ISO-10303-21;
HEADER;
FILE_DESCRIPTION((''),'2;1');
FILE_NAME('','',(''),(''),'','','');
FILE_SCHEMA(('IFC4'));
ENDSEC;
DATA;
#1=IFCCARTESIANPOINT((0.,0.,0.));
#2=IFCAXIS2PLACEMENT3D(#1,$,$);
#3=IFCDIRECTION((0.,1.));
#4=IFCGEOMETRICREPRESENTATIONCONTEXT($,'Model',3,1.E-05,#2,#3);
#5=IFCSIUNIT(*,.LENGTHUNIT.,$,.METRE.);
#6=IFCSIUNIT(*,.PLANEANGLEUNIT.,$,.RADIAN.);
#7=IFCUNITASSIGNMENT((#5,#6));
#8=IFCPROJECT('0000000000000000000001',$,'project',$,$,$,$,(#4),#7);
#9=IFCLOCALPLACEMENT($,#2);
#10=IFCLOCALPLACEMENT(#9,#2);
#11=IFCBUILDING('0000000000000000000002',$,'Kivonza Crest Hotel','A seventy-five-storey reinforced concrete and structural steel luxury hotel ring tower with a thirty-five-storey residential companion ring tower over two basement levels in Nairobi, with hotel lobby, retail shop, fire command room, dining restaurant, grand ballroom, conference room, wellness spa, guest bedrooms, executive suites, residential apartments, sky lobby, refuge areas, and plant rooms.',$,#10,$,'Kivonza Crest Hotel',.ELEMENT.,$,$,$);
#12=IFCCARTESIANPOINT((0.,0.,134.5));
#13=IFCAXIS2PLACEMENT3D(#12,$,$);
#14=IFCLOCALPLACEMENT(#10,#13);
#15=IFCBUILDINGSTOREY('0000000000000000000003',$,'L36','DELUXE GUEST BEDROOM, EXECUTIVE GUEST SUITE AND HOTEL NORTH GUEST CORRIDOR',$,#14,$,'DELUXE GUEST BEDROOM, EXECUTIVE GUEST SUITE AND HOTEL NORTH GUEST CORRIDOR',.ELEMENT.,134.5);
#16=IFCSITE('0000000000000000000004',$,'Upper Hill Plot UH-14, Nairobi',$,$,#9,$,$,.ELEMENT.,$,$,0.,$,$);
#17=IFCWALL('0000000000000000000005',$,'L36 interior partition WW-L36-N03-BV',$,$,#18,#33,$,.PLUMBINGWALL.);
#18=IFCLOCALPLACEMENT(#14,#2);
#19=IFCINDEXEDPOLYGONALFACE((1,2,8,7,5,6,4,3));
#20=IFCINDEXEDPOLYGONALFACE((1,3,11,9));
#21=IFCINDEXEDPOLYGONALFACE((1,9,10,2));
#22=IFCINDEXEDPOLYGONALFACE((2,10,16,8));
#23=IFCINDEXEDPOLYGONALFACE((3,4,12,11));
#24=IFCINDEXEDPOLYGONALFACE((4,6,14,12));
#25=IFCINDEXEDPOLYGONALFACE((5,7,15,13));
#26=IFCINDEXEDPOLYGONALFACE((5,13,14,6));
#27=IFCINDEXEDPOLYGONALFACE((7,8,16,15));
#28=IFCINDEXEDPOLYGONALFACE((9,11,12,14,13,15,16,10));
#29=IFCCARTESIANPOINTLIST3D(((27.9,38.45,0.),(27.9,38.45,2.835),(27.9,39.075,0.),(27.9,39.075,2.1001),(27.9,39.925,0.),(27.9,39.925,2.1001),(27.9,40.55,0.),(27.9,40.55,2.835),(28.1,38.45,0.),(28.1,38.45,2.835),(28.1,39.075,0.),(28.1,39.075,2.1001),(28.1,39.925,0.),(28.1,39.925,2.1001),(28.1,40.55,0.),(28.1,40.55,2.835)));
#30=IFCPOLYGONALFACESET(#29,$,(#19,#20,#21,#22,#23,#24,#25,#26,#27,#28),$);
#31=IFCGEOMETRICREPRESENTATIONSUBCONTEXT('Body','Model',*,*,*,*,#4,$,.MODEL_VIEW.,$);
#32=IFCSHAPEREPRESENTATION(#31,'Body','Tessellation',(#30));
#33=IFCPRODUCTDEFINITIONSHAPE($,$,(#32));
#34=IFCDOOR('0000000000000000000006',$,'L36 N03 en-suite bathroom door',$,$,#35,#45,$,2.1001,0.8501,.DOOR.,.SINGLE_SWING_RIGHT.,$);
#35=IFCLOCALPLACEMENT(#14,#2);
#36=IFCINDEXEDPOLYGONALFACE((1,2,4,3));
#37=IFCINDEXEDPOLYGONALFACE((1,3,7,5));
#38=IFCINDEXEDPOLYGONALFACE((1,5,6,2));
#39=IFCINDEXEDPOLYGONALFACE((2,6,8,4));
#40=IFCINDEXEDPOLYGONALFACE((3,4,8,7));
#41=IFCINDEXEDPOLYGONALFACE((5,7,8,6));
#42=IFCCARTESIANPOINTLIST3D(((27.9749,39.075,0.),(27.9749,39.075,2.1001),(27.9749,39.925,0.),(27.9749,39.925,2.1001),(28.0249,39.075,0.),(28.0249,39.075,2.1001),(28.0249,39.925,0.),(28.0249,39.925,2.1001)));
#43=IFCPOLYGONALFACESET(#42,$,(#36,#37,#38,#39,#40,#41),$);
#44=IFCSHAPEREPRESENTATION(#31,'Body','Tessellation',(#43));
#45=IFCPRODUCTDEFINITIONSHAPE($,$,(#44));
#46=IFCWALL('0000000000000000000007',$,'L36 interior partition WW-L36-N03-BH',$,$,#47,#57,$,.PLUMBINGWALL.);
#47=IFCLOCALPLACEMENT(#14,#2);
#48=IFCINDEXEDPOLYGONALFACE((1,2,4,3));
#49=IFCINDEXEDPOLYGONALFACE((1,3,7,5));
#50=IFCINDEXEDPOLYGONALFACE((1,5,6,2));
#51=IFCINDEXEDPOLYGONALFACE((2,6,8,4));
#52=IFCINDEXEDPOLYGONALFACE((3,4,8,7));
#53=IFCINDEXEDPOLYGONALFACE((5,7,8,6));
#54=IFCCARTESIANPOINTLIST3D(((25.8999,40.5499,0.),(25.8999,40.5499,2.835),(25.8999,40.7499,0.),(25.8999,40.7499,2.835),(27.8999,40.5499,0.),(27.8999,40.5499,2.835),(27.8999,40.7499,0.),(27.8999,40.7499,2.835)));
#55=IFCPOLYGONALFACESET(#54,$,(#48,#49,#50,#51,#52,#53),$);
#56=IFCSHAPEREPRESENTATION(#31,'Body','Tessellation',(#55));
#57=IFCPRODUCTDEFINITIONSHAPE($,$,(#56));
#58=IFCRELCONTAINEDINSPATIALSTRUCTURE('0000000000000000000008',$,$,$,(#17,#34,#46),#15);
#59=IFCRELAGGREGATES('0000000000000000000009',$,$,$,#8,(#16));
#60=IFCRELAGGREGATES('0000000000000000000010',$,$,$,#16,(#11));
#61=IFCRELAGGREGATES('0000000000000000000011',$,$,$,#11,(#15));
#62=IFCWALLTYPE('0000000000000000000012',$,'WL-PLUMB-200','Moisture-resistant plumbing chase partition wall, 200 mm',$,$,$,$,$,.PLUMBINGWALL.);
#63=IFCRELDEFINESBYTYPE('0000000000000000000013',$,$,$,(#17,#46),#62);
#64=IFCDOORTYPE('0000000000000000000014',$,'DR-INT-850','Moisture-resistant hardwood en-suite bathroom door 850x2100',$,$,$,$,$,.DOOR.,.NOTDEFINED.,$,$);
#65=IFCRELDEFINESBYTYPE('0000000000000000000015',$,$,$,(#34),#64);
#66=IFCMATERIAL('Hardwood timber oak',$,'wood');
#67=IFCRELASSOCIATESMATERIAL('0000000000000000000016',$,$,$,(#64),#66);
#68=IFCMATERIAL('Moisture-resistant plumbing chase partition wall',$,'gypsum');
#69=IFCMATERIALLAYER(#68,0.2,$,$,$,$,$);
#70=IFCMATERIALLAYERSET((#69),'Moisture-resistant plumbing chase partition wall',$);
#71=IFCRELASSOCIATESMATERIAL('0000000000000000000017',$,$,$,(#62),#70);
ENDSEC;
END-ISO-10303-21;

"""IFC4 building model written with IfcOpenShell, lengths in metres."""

from ifc_helpers import new_model, si_unit, direction, frame, frame_2d, origin, place, context, subcontext, project, spatial, rectangle, extrude, material, layer, layer_set, type_object, element, fill, save


model = new_model("IFC4")

# Units and contexts
model_context = context("Model", 3, precision=1e-05, world=origin(), true_north=direction((0.0, 1.0)))
body_context = subcontext(model_context, "Body", "Model", "MODEL_VIEW")
ifc_project = project(units=[si_unit("LENGTHUNIT", "METRE"), si_unit("PLANEANGLEUNIT", "RADIAN")], contexts=[model_context])

# Site, building, storey
site_placement = place(None, origin())
site = spatial("IfcSite", under=ifc_project, at=site_placement, Name="Upper Hill Plot UH-14, Nairobi", CompositionType="ELEMENT", RefElevation=0.0)
building_placement = place(site_placement, origin())
building = spatial("IfcBuilding", under=site, at=building_placement, Name="Kivonza Crest Hotel", Description="A seventy-five-storey reinforced concrete and structural steel luxury hotel ring tower with a thirty-five-storey residential companion ring tower over two basement levels in Nairobi, with hotel lobby, retail shop, fire command room, dining restaurant, grand ballroom, conference room, wellness spa, guest bedrooms, executive suites, residential apartments, sky lobby, refuge areas, and plant rooms.", LongName="Kivonza Crest Hotel", CompositionType="ELEMENT")
storey_placement = place(building_placement, frame((0.0, 0.0, 134.5)))
storey = spatial("IfcBuildingStorey", under=building, at=storey_placement, Name="L36", Description="DELUXE GUEST BEDROOM, EXECUTIVE GUEST SUITE AND HOTEL NORTH GUEST CORRIDOR", LongName="DELUXE GUEST BEDROOM, EXECUTIVE GUEST SUITE AND HOTEL NORTH GUEST CORRIDOR", CompositionType="ELEMENT", Elevation=134.5)

# Shared definitions
ifc_material_1 = material(Name="Hardwood timber oak", Category="wood")

# Wall, opening, door
door_type_1 = type_object("IfcDoorType", Name="DR-INT-850", Description="Moisture-resistant hardwood en-suite bathroom door 850x2100", OperationType="NOTDEFINED", PredefinedType="DOOR", material=ifc_material_1)
ifc_material_2 = material(Name="Moisture-resistant plumbing chase partition wall", Category="gypsum")
ifc_layer_1 = layer(ifc_material_2, 0.2)
ifc_layer_set_1 = layer_set([ifc_layer_1], Name="Moisture-resistant plumbing chase partition wall")
wall_type_1 = type_object("IfcWallType", Name="WL-PLUMB-200", Description="Moisture-resistant plumbing chase partition wall, 200 mm", PredefinedType="PLUMBINGWALL", material=ifc_layer_set_1)
wall_1_placement = place(storey_placement, frame((28.0, 38.45, 0.0), z_axis=(0.0, 0.0, 1.0), x_axis=(0.0, 1.0, 0.0)))
wall_1 = element("IfcWall", 1, at=wall_1_placement, inside=storey, type_object=wall_type_1, Name="L36 interior partition WW-L36-N03-BV", PredefinedType="PLUMBINGWALL", context=body_context, shape_type="SweptSolid", body=[
    extrude(rectangle(XDim=2.1001, YDim=0.2, at=frame_2d((1.05, 0.0))), origin(), (0.0, 0.0, 1.0), 2.835),
])
opening_1_placement = place(wall_1_placement, frame((0.625, 0.0, 0.0)))
opening_1 = element("IfcOpeningElement", 2, at=opening_1_placement, cuts=wall_1, PredefinedType="OPENING", context=body_context, shape_type="SweptSolid", body=[
    extrude(rectangle(XDim=0.8501, YDim=2.1001, at=frame_2d((0.425, 1.05))), frame((0.0, 0.1099, 0.0), z_axis=(0.0, -1.0, 0.0), x_axis=(1.0, 0.0, 0.0)), (0.0, 0.0, 1.0), 0.22),
])
door_1_placement = place(opening_1_placement, frame((0.8501, 0.0, 0.0), z_axis=(0.0, 0.0, 1.0), x_axis=(-1.0, 0.0, 0.0)))
door_1 = element("IfcDoor", 3, at=door_1_placement, inside=storey, type_object=door_type_1, Name="L36 N03 en-suite bathroom door", OperationType="SINGLE_SWING_RIGHT", OverallHeight=2.1001, OverallWidth=0.8501, PredefinedType="DOOR", context=body_context, shape_type="SweptSolid", body=[
    extrude(rectangle(XDim=0.8501, YDim=2.1001, at=frame_2d((0.425, 1.05))), frame((0.0, 0.0249, 0.0), z_axis=(0.0, -1.0, 0.0), x_axis=(1.0, 0.0, 0.0)), (0.0, 0.0, 1.0), 0.05),
])
fill(opening_1, door_1)

# Wall
wall_2_placement = place(storey_placement, frame((25.8999, 40.6499, 0.0), z_axis=(0.0, 0.0, 1.0), x_axis=(1.0, 0.0, 0.0)))
element("IfcWall", 4, at=wall_2_placement, inside=storey, type_object=wall_type_1, Name="L36 interior partition WW-L36-N03-BH", PredefinedType="PLUMBINGWALL", context=body_context, shape_type="SweptSolid", body=[
    extrude(rectangle(XDim=2.0, YDim=0.2, at=frame_2d((1.0, 0.0))), origin(), (0.0, 0.0, 1.0), 2.835),
])

save(model, "model.ifc")
